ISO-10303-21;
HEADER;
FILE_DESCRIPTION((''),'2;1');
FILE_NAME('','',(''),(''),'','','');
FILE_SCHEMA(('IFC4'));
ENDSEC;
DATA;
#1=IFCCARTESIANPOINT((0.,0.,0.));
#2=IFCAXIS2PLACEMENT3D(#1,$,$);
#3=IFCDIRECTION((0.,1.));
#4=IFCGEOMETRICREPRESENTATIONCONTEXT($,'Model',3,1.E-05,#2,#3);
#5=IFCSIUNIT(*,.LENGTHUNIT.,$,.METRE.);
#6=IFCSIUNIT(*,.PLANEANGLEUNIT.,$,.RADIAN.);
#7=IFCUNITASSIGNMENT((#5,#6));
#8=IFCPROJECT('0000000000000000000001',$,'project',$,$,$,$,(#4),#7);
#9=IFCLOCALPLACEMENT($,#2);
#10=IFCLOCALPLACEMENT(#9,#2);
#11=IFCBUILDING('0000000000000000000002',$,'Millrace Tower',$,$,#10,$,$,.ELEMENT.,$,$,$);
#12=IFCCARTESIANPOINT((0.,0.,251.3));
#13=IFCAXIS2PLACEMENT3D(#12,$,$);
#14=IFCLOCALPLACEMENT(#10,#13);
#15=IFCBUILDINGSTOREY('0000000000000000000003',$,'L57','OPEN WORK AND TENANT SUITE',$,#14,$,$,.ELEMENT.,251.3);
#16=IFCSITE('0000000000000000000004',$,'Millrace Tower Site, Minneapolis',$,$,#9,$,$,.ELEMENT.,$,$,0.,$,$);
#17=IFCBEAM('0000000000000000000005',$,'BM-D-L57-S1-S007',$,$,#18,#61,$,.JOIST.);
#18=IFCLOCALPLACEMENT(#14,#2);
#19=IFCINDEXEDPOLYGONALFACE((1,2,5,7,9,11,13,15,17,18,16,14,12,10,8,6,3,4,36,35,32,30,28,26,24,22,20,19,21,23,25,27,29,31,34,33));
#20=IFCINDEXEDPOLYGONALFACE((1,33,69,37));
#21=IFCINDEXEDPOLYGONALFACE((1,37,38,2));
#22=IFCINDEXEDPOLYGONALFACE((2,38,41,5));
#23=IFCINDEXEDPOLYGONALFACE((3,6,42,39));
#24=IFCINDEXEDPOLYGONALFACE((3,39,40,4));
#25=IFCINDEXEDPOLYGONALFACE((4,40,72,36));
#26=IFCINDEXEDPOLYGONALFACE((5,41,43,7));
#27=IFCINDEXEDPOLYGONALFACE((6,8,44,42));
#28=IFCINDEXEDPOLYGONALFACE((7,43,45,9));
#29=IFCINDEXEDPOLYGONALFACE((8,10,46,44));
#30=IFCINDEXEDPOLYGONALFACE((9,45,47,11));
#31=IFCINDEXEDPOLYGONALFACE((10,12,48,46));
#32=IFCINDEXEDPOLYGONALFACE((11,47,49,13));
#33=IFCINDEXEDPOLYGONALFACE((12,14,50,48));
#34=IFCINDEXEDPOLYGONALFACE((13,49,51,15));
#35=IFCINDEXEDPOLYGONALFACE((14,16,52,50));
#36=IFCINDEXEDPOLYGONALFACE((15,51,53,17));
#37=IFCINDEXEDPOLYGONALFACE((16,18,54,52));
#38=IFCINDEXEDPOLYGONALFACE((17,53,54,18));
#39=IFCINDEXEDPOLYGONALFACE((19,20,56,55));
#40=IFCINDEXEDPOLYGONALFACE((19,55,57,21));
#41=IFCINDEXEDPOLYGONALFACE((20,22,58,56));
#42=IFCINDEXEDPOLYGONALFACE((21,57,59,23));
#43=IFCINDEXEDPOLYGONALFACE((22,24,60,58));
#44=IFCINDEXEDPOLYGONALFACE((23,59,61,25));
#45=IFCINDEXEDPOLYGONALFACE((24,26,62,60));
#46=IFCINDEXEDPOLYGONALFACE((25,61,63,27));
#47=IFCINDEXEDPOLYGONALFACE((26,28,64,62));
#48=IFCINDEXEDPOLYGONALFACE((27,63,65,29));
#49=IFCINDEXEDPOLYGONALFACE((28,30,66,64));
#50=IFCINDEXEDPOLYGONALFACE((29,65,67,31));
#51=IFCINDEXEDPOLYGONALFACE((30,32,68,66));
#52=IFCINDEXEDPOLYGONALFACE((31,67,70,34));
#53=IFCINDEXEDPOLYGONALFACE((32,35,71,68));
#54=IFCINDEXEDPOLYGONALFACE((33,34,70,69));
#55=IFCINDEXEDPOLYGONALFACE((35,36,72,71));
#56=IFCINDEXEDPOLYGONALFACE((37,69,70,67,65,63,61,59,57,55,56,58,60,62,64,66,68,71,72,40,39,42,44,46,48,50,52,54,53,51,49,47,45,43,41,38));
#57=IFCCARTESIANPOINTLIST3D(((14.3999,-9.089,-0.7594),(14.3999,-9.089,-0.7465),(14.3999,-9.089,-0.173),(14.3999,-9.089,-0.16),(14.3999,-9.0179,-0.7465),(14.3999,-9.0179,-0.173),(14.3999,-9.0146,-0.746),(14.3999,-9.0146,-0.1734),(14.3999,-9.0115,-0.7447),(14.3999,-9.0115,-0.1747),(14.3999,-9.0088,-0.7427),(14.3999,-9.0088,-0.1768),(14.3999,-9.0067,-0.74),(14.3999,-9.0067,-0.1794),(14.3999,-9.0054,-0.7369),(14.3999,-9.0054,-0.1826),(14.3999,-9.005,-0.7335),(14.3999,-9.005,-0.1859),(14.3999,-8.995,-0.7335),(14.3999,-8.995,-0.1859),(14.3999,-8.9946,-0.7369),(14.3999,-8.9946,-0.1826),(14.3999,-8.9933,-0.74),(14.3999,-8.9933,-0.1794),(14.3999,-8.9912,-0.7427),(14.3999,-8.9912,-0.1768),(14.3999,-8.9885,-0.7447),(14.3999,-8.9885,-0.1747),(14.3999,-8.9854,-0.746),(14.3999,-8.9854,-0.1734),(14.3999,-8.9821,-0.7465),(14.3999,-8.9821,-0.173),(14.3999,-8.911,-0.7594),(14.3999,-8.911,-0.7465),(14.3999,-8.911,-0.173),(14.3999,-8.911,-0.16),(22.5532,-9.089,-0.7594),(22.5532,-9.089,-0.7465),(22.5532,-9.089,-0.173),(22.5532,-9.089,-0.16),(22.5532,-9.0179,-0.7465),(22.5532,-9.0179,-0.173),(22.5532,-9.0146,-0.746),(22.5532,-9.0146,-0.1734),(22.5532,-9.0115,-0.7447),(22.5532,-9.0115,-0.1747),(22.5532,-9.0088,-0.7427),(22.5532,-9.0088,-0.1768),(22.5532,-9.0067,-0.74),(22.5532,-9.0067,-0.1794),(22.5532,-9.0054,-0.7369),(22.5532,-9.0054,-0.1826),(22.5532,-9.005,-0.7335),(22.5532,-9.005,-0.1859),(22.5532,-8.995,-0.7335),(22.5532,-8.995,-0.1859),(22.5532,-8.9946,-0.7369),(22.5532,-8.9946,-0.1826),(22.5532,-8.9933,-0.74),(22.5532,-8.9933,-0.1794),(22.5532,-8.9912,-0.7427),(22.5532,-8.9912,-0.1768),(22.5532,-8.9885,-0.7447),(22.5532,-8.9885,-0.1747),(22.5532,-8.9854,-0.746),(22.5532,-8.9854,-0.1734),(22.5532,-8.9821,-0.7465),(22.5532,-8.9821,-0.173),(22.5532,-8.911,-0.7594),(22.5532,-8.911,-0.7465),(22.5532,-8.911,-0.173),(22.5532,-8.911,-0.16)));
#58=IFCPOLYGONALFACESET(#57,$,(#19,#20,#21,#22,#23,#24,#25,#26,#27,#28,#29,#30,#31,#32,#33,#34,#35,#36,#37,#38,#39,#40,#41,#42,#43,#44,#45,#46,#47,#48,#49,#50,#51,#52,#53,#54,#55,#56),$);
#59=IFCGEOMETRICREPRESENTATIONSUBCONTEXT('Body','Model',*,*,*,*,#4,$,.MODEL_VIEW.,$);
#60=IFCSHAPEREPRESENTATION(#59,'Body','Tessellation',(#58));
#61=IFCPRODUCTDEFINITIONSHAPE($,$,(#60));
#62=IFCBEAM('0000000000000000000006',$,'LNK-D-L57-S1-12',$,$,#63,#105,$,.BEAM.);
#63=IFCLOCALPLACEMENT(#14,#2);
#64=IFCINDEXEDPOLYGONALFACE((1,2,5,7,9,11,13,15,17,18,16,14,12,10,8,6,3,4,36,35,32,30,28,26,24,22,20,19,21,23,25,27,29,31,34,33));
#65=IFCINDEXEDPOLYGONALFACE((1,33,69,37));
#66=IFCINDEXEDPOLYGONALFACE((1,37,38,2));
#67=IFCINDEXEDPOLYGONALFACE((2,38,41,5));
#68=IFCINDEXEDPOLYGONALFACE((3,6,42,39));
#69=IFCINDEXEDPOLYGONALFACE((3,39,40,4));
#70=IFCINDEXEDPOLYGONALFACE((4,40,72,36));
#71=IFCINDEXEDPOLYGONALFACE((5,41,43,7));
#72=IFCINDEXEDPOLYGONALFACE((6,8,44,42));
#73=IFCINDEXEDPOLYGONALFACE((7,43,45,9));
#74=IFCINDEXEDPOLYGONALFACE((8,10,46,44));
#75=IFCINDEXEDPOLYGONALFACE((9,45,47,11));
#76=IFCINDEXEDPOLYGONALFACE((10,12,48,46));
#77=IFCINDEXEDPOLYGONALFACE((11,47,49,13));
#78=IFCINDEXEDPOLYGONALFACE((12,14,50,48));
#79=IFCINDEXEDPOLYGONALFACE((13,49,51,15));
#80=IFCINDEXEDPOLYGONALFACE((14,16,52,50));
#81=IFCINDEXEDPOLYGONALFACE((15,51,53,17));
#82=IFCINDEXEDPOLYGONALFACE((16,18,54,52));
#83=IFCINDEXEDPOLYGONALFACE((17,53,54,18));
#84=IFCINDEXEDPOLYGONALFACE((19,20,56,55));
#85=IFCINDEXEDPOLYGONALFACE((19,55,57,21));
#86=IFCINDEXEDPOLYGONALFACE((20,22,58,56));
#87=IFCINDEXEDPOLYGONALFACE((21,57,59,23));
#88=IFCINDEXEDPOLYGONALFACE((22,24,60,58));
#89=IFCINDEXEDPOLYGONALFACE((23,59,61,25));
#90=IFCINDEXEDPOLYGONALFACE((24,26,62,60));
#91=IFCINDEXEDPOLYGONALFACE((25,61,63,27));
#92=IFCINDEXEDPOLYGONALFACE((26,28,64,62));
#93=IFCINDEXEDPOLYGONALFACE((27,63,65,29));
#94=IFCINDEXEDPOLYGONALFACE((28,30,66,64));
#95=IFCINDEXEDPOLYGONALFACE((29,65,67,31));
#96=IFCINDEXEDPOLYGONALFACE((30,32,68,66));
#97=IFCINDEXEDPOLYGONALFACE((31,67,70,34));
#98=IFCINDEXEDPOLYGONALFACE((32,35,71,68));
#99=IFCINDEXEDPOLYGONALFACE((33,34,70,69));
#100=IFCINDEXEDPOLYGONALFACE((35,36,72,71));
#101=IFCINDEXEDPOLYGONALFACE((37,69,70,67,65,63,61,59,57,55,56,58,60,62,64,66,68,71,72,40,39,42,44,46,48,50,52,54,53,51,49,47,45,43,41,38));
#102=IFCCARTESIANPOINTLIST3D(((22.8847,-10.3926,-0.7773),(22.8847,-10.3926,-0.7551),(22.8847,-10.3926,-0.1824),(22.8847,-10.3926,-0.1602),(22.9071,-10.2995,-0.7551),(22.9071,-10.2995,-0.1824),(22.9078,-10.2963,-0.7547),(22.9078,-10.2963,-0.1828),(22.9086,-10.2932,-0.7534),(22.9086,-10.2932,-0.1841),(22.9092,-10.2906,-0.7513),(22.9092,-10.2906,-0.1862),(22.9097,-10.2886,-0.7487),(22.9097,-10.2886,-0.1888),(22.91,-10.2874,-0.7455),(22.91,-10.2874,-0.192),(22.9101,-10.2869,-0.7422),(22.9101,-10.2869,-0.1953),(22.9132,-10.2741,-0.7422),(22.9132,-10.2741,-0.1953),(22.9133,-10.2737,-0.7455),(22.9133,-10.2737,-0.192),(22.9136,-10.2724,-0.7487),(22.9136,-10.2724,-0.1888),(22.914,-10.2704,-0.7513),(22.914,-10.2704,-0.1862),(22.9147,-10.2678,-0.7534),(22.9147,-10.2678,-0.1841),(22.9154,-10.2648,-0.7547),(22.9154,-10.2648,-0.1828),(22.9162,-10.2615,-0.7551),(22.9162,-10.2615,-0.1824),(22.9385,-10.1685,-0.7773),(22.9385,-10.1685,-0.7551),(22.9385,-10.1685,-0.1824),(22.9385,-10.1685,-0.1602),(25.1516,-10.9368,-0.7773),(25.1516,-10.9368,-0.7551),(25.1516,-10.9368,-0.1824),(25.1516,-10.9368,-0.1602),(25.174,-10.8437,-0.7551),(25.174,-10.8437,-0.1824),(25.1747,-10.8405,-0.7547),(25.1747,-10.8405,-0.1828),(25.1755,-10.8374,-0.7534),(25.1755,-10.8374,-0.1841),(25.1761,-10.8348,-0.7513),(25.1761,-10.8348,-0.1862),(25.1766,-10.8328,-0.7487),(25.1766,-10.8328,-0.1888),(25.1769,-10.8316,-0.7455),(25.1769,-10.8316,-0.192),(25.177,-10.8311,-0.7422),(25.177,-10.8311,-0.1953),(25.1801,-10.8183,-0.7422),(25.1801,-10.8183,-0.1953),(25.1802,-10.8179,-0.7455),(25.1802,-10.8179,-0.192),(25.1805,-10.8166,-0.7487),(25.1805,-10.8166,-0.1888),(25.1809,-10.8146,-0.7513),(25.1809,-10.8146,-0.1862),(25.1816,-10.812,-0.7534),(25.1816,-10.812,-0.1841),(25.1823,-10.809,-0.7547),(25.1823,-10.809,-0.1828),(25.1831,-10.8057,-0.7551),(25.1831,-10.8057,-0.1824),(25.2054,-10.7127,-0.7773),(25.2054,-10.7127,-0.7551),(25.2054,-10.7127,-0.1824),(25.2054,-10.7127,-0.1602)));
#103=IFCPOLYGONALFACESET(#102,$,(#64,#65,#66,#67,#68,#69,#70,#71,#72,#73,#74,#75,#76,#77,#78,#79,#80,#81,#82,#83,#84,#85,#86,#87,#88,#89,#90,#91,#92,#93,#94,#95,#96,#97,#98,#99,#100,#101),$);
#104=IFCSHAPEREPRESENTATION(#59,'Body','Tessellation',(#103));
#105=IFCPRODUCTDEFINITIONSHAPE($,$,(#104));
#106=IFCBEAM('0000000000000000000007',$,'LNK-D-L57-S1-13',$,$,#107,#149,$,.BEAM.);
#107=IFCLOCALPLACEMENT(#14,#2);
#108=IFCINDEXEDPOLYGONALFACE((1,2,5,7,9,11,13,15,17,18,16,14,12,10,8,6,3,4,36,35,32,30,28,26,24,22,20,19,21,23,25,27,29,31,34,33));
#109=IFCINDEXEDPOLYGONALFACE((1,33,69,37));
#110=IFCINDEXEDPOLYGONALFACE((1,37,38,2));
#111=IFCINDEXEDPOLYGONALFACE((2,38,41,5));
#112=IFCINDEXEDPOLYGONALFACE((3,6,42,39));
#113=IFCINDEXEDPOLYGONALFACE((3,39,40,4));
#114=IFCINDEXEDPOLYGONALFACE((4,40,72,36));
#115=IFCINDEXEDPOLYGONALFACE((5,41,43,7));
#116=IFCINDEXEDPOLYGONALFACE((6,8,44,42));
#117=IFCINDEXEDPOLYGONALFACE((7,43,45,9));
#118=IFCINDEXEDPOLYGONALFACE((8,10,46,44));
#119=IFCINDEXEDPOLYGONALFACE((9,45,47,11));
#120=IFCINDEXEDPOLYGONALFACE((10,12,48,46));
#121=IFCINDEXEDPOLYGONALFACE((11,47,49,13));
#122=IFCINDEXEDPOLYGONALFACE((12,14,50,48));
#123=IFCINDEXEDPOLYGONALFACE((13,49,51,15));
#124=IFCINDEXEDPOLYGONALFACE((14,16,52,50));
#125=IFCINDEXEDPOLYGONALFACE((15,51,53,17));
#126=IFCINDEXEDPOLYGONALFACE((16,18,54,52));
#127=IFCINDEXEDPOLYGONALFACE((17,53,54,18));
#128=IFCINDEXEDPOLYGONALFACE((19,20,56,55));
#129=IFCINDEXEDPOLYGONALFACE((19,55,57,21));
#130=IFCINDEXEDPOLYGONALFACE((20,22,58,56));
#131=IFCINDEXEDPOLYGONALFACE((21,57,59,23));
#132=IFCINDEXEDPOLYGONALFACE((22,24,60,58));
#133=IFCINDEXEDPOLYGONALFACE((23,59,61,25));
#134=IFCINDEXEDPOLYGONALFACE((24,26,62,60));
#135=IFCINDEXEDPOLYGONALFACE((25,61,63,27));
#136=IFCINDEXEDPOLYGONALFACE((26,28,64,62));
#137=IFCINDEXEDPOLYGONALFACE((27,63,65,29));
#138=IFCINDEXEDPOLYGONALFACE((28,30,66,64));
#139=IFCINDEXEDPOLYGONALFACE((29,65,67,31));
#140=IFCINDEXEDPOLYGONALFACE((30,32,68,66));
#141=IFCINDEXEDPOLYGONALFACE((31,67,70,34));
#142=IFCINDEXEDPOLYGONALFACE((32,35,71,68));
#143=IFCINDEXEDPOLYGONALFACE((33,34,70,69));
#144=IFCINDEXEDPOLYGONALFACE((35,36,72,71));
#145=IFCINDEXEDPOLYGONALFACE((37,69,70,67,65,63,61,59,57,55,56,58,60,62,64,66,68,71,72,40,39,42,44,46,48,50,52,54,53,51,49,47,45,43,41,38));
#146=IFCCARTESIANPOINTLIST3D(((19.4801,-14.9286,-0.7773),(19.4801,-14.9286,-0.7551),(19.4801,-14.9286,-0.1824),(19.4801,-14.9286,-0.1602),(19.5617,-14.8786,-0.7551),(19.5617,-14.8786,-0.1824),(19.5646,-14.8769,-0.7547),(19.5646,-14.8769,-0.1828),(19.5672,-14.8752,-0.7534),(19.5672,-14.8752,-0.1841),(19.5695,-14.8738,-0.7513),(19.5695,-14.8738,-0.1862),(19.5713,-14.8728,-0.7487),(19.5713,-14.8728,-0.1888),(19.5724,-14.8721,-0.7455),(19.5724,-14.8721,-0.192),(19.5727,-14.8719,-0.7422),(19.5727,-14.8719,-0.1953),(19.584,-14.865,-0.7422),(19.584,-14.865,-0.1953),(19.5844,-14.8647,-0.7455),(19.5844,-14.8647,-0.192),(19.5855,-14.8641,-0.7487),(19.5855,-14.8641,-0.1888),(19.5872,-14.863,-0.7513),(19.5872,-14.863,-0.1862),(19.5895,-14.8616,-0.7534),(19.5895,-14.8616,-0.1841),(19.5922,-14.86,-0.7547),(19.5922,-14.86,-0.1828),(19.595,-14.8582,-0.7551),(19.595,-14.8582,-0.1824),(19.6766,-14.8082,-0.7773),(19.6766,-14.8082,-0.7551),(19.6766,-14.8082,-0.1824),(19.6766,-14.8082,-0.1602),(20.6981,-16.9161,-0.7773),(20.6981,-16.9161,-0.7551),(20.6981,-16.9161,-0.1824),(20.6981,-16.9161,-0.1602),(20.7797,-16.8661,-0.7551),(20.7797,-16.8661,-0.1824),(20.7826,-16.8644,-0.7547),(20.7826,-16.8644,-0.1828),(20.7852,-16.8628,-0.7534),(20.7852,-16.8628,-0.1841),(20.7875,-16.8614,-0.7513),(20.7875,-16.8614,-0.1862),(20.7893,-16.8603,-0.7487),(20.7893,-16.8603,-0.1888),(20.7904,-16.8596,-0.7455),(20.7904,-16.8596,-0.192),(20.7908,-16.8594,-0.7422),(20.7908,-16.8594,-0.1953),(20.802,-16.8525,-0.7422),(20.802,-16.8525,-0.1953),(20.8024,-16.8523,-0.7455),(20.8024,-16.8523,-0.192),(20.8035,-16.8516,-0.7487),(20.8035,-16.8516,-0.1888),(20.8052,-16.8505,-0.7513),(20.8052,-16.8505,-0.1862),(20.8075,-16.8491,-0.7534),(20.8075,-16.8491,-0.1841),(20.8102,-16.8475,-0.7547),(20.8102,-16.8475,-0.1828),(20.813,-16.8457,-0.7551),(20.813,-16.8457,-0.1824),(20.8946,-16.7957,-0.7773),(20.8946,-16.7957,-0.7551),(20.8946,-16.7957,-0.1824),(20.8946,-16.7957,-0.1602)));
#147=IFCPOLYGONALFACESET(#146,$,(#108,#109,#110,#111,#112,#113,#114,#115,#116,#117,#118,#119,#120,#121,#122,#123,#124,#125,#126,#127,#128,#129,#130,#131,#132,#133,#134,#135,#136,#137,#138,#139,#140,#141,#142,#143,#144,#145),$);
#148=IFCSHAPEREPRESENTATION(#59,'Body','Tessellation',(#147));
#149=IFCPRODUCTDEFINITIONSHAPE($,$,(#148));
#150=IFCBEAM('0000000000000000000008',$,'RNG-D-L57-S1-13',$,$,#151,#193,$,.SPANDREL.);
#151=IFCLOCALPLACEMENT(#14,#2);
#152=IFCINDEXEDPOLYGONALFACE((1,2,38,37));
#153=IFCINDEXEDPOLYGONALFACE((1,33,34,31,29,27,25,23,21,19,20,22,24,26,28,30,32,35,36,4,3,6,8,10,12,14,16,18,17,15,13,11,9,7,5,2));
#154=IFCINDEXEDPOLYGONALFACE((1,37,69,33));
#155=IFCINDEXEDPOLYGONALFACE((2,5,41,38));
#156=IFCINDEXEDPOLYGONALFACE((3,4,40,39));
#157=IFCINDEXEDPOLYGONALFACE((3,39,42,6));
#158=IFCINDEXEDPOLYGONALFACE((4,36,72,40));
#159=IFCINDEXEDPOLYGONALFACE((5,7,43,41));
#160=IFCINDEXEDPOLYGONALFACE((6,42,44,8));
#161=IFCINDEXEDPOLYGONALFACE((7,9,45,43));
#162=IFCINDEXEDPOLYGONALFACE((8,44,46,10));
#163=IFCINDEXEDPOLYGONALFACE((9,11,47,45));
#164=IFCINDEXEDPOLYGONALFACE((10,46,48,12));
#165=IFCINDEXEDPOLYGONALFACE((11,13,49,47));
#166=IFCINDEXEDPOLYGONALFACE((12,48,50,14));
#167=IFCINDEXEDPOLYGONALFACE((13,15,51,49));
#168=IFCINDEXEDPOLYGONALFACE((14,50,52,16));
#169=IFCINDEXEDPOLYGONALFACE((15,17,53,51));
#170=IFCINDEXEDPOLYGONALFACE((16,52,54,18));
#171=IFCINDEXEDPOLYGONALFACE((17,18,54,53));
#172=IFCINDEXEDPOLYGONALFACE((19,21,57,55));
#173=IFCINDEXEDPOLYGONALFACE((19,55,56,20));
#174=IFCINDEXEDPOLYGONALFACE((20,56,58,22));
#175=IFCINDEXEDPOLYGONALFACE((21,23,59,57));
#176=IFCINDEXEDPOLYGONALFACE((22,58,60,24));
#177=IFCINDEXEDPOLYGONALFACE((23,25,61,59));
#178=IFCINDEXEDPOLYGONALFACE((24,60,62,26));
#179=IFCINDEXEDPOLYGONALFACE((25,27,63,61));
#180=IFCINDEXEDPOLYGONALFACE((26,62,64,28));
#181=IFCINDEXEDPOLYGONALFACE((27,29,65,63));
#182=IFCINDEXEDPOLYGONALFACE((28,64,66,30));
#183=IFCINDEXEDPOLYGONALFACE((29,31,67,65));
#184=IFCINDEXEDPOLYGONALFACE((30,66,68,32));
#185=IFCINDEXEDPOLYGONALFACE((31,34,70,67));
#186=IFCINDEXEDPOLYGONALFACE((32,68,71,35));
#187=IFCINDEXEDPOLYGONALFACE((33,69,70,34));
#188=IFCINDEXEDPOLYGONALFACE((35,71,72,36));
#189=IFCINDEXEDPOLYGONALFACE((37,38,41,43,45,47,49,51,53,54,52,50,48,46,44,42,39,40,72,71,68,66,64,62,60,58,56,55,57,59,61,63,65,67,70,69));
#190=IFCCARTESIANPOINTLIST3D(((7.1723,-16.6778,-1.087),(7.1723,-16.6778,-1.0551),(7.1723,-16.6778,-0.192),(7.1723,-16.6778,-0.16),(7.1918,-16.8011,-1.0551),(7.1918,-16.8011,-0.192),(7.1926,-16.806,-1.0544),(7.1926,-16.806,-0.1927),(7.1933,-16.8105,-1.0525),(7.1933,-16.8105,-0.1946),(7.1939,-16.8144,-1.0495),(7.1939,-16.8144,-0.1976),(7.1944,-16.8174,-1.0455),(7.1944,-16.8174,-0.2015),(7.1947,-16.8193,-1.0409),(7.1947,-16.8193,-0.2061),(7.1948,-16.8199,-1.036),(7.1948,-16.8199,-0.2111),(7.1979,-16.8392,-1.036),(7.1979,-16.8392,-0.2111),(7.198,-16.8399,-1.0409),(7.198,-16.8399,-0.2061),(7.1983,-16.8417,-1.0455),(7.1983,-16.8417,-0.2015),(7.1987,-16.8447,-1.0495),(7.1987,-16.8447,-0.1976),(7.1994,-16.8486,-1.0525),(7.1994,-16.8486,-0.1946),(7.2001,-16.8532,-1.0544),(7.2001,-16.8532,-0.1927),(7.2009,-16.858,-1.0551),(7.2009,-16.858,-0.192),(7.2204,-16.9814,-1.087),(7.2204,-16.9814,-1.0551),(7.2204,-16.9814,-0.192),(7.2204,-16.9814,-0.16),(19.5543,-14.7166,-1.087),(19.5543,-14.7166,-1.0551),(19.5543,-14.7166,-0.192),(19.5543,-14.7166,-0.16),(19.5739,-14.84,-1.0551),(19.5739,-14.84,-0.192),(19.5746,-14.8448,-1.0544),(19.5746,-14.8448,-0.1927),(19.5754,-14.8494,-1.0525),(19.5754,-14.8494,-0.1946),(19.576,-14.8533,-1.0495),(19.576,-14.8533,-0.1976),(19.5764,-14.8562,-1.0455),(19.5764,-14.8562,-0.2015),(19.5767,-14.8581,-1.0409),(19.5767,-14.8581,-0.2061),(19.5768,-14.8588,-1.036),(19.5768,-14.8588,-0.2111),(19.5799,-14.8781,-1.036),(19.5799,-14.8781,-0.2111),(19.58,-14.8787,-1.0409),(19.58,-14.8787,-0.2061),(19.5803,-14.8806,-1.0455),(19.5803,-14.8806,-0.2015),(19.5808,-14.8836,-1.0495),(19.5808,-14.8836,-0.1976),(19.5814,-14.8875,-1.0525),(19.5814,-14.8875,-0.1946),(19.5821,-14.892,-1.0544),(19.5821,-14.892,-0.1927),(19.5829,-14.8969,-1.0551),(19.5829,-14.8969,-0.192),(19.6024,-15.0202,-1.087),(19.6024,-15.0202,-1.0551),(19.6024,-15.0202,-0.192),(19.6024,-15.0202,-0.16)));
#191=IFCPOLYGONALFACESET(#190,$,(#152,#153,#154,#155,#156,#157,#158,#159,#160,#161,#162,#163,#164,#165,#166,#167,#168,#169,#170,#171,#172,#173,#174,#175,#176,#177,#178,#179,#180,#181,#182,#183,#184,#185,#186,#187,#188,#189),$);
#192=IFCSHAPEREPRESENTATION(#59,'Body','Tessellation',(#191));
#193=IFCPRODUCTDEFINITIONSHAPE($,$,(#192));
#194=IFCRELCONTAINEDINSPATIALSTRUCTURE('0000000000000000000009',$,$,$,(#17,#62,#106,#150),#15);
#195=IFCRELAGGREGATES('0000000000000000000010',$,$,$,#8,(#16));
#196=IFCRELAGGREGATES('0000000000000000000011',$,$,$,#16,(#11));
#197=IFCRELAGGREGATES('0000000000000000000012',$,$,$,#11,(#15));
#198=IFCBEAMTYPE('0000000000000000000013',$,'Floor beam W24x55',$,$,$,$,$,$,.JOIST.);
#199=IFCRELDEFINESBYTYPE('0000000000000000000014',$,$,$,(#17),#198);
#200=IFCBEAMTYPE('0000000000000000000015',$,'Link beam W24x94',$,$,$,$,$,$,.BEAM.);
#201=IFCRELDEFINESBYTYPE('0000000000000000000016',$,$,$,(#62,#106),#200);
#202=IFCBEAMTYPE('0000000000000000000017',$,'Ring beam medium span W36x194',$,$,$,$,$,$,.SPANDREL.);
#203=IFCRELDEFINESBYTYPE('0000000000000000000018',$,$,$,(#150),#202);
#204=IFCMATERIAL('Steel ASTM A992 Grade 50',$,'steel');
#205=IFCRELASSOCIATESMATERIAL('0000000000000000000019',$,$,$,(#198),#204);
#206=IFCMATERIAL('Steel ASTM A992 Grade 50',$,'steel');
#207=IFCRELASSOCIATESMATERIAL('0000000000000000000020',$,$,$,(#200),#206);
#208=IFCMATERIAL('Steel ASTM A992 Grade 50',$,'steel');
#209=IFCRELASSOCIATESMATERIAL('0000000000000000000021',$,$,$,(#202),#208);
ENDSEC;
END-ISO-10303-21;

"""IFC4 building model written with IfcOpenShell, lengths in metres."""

from ifc_helpers import new_model, si_unit, direction, frame, origin, origin_2d, place, context, subcontext, project, spatial, i_section, extrude, material, material_profile, profile_set, type_object, element, save


model = new_model("IFC4")

# Units and contexts
model_context = context("Model", 3, precision=1e-05, world=origin(), true_north=direction((0.0, 1.0)))
body_context = subcontext(model_context, "Body", "Model", "MODEL_VIEW")
ifc_project = project(units=[si_unit("LENGTHUNIT", "METRE"), si_unit("PLANEANGLEUNIT", "RADIAN")], contexts=[model_context])

# Site, building, storey
site_placement = place(None, origin())
site = spatial("IfcSite", under=ifc_project, at=site_placement, Name="Millrace Tower Site, Minneapolis", CompositionType="ELEMENT", RefElevation=0.0)
building_placement = place(site_placement, origin())
building = spatial("IfcBuilding", under=site, at=building_placement, Name="Millrace Tower", CompositionType="ELEMENT")
storey_placement = place(building_placement, frame((0.0, 0.0, 251.3)))
storey = spatial("IfcBuildingStorey", under=building, at=storey_placement, Name="L57", Description="OPEN WORK AND TENANT SUITE", CompositionType="ELEMENT", Elevation=251.3)

# Beams
ifc_material_1 = material(Name="Steel ASTM A992 Grade 50", Category="steel")
ifc_material_profile_1 = material_profile(ifc_material_1, i_section(OverallWidth=0.178, OverallDepth=0.5994, WebThickness=0.01, FlangeThickness=0.0129, FilletRadius=0.0129, at=origin_2d()))
ifc_profile_set_1 = profile_set([ifc_material_profile_1], Name="Steel ASTM A992 Grade 50")
beam_type_1 = type_object("IfcBeamType", Name="Floor beam W24x55", PredefinedType="JOIST", material=ifc_profile_set_1)
beam_1_placement = place(storey_placement, frame((14.3999, -9.0, -0.4597), z_axis=(1.0, 0.0, 0.0), x_axis=(0.0, 1.0, 0.0)))
element("IfcBeam", 1, at=beam_1_placement, inside=storey, type_object=beam_type_1, Name="BM-D-L57-S1-S007", PredefinedType="JOIST", context=body_context, shape_type="SweptSolid", body=[
    extrude(i_section(OverallWidth=0.178, OverallDepth=0.5994, WebThickness=0.01, FlangeThickness=0.0129, FilletRadius=0.0129, at=origin_2d()), origin(), (0.0, 0.0, 1.0), 8.1533),
])
ifc_material_2 = material(Name="Steel ASTM A992 Grade 50", Category="steel")
ifc_material_profile_2 = material_profile(ifc_material_2, i_section(OverallWidth=0.2305, OverallDepth=0.6172, WebThickness=0.0132, FlangeThickness=0.0222, FilletRadius=0.0129, at=origin_2d()))
ifc_profile_set_2 = profile_set([ifc_material_profile_2], Name="Steel ASTM A992 Grade 50")
beam_type_2 = type_object("IfcBeamType", Name="Link beam W24x94", PredefinedType="BEAM", material=ifc_profile_set_2)
beam_2_placement = place(storey_placement, frame((22.9116, -10.2805, -0.4688), z_axis=(0.972373, -0.233432, 0.0), x_axis=(0.233432, 0.972373, 0.0)))
element("IfcBeam", 2, at=beam_2_placement, inside=storey, type_object=beam_type_2, Name="LNK-D-L57-S1-12", PredefinedType="BEAM", context=body_context, shape_type="SweptSolid", body=[
    extrude(i_section(OverallWidth=0.2305, OverallDepth=0.6172, WebThickness=0.0132, FlangeThickness=0.0222, FilletRadius=0.0129, at=origin_2d()), origin(), (0.0, 0.0, 1.0), 2.3313),
])
beam_3_placement = place(storey_placement, frame((19.5784, -14.8684, -0.4688), z_axis=(0.522513, -0.852631, 0.0), x_axis=(0.852631, 0.522513, 0.0)))
element("IfcBeam", 3, at=beam_3_placement, inside=storey, type_object=beam_type_2, Name="LNK-D-L57-S1-13", PredefinedType="BEAM", context=body_context, shape_type="SweptSolid", body=[
    extrude(i_section(OverallWidth=0.2305, OverallDepth=0.6172, WebThickness=0.0132, FlangeThickness=0.0222, FilletRadius=0.0129, at=origin_2d()), origin(), (0.0, 0.0, 1.0), 2.3311),
])
ifc_material_3 = material(Name="Steel ASTM A992 Grade 50", Category="steel")
ifc_material_profile_3 = material_profile(ifc_material_3, i_section(OverallWidth=0.3074, OverallDepth=0.927, WebThickness=0.0195, FlangeThickness=0.032, FilletRadius=0.019, at=origin_2d()))
ifc_profile_set_3 = profile_set([ifc_material_profile_3], Name="Steel ASTM A992 Grade 50")
beam_type_3 = type_object("IfcBeamType", Name="Ring beam medium span W36x194", PredefinedType="SPANDREL", material=ifc_profile_set_3)
beam_4_placement = place(storey_placement, frame((19.5784, -14.8684, -0.6235), z_axis=(-0.987688, -0.156439, 0.0), x_axis=(0.156439, -0.987688, 0.0)))
element("IfcBeam", 4, at=beam_4_placement, inside=storey, type_object=beam_type_3, Name="RNG-D-L57-S1-13", PredefinedType="SPANDREL", context=body_context, shape_type="SweptSolid", body=[
    extrude(i_section(OverallWidth=0.3074, OverallDepth=0.927, WebThickness=0.0195, FlangeThickness=0.032, FilletRadius=0.019, at=origin_2d()), origin(), (0.0, 0.0, 1.0), 12.5364),
])

save(model, "model.ifc")
